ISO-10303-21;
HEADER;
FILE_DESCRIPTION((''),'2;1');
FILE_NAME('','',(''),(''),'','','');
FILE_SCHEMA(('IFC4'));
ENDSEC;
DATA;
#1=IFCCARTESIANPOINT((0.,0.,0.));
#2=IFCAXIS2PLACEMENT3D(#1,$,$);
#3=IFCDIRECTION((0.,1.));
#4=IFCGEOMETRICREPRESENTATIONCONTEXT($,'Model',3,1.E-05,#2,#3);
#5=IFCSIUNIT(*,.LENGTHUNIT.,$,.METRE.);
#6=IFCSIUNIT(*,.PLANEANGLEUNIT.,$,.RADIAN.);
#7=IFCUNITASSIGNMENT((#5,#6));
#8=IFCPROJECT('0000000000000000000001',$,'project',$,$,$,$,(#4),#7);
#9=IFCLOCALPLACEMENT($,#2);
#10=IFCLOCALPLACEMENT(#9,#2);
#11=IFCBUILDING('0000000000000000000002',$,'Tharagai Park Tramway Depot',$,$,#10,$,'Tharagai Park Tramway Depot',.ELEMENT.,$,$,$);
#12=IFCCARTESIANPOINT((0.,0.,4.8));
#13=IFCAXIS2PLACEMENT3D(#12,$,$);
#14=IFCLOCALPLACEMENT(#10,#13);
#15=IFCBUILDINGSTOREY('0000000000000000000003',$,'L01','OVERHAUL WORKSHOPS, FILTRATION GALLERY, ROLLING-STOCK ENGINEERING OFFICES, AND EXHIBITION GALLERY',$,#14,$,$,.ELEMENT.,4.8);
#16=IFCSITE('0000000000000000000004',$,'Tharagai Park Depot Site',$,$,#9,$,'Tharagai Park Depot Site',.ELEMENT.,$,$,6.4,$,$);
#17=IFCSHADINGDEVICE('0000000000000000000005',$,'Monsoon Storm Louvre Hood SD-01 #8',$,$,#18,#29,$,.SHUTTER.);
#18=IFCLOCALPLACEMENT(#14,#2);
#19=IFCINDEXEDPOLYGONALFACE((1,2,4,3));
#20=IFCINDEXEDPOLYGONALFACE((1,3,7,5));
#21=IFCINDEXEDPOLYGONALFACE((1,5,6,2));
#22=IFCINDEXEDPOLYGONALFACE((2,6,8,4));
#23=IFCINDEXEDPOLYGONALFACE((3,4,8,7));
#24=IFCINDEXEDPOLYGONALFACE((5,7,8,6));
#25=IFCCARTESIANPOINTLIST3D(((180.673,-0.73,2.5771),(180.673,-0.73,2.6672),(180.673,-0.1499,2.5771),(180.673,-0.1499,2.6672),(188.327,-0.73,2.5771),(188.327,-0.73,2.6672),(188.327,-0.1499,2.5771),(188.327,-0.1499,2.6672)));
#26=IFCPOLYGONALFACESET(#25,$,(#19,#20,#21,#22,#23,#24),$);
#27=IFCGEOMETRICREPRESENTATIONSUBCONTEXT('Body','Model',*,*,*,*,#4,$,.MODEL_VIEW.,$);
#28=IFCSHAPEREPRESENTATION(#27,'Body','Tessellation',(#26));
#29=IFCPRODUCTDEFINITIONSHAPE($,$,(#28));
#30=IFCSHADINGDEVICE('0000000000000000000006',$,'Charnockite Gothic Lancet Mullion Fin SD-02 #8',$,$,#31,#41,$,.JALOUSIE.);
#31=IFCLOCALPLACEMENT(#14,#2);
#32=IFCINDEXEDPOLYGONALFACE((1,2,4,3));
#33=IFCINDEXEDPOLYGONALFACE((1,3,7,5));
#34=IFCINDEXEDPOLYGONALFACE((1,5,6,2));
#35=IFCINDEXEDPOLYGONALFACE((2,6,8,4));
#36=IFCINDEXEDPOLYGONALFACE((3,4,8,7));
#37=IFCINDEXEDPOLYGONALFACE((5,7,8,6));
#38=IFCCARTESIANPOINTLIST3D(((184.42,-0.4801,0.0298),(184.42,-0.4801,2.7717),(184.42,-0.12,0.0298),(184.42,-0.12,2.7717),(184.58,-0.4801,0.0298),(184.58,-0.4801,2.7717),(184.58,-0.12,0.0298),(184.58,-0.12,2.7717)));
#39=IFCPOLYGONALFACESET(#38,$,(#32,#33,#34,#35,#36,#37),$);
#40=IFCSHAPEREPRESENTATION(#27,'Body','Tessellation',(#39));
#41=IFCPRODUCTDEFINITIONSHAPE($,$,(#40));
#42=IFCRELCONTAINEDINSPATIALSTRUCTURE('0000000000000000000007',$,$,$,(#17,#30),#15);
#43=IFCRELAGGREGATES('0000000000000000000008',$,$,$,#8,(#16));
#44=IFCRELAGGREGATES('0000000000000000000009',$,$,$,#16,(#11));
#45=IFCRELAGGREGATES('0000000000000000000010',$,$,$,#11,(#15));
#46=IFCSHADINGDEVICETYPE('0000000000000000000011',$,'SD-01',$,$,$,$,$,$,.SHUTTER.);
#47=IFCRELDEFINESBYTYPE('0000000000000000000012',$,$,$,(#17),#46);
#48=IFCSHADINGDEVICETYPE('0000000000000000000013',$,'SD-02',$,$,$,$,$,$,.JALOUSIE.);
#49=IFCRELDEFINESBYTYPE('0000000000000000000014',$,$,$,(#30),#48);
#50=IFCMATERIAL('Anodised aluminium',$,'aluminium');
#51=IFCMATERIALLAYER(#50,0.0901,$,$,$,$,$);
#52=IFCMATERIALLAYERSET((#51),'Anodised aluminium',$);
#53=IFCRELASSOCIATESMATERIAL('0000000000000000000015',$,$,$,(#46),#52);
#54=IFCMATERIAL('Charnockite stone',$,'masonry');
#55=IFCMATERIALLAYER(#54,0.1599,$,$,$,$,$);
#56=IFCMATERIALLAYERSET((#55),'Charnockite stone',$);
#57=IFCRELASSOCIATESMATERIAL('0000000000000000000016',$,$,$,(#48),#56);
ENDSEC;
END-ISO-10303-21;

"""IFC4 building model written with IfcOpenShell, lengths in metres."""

from ifc_helpers import new_model, si_unit, direction, frame, origin, origin_2d, place, context, subcontext, project, spatial, rectangle, extrude, material, layer, layer_set, type_object, element, save


model = new_model("IFC4")

# Units and contexts
model_context = context("Model", 3, precision=1e-05, world=origin(), true_north=direction((0.0, 1.0)))
body_context = subcontext(model_context, "Body", "Model", "MODEL_VIEW")
ifc_project = project(units=[si_unit("LENGTHUNIT", "METRE"), si_unit("PLANEANGLEUNIT", "RADIAN")], contexts=[model_context])

# Site, building, storey
site_placement = place(None, origin())
site = spatial("IfcSite", under=ifc_project, at=site_placement, Name="Tharagai Park Depot Site", LongName="Tharagai Park Depot Site", CompositionType="ELEMENT", RefElevation=6.4)
building_placement = place(site_placement, origin())
building = spatial("IfcBuilding", under=site, at=building_placement, Name="Tharagai Park Tramway Depot", LongName="Tharagai Park Tramway Depot", CompositionType="ELEMENT")
storey_placement = place(building_placement, frame((0.0, 0.0, 4.8)))
storey = spatial("IfcBuildingStorey", under=building, at=storey_placement, Name="L01", Description="OVERHAUL WORKSHOPS, FILTRATION GALLERY, ROLLING-STOCK ENGINEERING OFFICES, AND EXHIBITION GALLERY", CompositionType="ELEMENT", Elevation=4.8)

# Shared definitions
ifc_material_1 = material(Name="Anodised aluminium", Category="aluminium")

# Shading devices
ifc_layer_1 = layer(ifc_material_1, 0.0901)
ifc_layer_set_1 = layer_set([ifc_layer_1], Name="Anodised aluminium")
shading_device_type_1 = type_object("IfcShadingDeviceType", Name="SD-01", PredefinedType="SHUTTER", material=ifc_layer_set_1)
shading_device_1_placement = place(storey_placement, frame((184.5, -0.4399, 2.5771), z_axis=(0.0, 0.0, 1.0), x_axis=(1.0, 0.0, 0.0)))
element("IfcShadingDevice", 1, at=shading_device_1_placement, inside=storey, type_object=shading_device_type_1, Name="Monsoon Storm Louvre Hood SD-01 #8", PredefinedType="SHUTTER", context=body_context, shape_type="SweptSolid", body=[
    extrude(rectangle(XDim=7.6541, YDim=0.5801, at=origin_2d()), origin(), (0.0, 0.0, 1.0), 0.0901),
])
ifc_material_2 = material(Name="Charnockite stone", Category="masonry")
ifc_layer_2 = layer(ifc_material_2, 0.1599)
ifc_layer_set_2 = layer_set([ifc_layer_2], Name="Charnockite stone")
shading_device_type_2 = type_object("IfcShadingDeviceType", Name="SD-02", PredefinedType="JALOUSIE", material=ifc_layer_set_2)
shading_device_2_placement = place(storey_placement, frame((184.5, -0.3, 0.0298), z_axis=(0.0, 0.0, 1.0), x_axis=(1.0, 0.0, 0.0)))
element("IfcShadingDevice", 2, at=shading_device_2_placement, inside=storey, type_object=shading_device_type_2, Name="Charnockite Gothic Lancet Mullion Fin SD-02 #8", PredefinedType="JALOUSIE", context=body_context, shape_type="SweptSolid", body=[
    extrude(rectangle(XDim=0.1599, YDim=0.3601, at=origin_2d()), origin(), (0.0, 0.0, 1.0), 2.7419),
])

save(model, "model.ifc")
